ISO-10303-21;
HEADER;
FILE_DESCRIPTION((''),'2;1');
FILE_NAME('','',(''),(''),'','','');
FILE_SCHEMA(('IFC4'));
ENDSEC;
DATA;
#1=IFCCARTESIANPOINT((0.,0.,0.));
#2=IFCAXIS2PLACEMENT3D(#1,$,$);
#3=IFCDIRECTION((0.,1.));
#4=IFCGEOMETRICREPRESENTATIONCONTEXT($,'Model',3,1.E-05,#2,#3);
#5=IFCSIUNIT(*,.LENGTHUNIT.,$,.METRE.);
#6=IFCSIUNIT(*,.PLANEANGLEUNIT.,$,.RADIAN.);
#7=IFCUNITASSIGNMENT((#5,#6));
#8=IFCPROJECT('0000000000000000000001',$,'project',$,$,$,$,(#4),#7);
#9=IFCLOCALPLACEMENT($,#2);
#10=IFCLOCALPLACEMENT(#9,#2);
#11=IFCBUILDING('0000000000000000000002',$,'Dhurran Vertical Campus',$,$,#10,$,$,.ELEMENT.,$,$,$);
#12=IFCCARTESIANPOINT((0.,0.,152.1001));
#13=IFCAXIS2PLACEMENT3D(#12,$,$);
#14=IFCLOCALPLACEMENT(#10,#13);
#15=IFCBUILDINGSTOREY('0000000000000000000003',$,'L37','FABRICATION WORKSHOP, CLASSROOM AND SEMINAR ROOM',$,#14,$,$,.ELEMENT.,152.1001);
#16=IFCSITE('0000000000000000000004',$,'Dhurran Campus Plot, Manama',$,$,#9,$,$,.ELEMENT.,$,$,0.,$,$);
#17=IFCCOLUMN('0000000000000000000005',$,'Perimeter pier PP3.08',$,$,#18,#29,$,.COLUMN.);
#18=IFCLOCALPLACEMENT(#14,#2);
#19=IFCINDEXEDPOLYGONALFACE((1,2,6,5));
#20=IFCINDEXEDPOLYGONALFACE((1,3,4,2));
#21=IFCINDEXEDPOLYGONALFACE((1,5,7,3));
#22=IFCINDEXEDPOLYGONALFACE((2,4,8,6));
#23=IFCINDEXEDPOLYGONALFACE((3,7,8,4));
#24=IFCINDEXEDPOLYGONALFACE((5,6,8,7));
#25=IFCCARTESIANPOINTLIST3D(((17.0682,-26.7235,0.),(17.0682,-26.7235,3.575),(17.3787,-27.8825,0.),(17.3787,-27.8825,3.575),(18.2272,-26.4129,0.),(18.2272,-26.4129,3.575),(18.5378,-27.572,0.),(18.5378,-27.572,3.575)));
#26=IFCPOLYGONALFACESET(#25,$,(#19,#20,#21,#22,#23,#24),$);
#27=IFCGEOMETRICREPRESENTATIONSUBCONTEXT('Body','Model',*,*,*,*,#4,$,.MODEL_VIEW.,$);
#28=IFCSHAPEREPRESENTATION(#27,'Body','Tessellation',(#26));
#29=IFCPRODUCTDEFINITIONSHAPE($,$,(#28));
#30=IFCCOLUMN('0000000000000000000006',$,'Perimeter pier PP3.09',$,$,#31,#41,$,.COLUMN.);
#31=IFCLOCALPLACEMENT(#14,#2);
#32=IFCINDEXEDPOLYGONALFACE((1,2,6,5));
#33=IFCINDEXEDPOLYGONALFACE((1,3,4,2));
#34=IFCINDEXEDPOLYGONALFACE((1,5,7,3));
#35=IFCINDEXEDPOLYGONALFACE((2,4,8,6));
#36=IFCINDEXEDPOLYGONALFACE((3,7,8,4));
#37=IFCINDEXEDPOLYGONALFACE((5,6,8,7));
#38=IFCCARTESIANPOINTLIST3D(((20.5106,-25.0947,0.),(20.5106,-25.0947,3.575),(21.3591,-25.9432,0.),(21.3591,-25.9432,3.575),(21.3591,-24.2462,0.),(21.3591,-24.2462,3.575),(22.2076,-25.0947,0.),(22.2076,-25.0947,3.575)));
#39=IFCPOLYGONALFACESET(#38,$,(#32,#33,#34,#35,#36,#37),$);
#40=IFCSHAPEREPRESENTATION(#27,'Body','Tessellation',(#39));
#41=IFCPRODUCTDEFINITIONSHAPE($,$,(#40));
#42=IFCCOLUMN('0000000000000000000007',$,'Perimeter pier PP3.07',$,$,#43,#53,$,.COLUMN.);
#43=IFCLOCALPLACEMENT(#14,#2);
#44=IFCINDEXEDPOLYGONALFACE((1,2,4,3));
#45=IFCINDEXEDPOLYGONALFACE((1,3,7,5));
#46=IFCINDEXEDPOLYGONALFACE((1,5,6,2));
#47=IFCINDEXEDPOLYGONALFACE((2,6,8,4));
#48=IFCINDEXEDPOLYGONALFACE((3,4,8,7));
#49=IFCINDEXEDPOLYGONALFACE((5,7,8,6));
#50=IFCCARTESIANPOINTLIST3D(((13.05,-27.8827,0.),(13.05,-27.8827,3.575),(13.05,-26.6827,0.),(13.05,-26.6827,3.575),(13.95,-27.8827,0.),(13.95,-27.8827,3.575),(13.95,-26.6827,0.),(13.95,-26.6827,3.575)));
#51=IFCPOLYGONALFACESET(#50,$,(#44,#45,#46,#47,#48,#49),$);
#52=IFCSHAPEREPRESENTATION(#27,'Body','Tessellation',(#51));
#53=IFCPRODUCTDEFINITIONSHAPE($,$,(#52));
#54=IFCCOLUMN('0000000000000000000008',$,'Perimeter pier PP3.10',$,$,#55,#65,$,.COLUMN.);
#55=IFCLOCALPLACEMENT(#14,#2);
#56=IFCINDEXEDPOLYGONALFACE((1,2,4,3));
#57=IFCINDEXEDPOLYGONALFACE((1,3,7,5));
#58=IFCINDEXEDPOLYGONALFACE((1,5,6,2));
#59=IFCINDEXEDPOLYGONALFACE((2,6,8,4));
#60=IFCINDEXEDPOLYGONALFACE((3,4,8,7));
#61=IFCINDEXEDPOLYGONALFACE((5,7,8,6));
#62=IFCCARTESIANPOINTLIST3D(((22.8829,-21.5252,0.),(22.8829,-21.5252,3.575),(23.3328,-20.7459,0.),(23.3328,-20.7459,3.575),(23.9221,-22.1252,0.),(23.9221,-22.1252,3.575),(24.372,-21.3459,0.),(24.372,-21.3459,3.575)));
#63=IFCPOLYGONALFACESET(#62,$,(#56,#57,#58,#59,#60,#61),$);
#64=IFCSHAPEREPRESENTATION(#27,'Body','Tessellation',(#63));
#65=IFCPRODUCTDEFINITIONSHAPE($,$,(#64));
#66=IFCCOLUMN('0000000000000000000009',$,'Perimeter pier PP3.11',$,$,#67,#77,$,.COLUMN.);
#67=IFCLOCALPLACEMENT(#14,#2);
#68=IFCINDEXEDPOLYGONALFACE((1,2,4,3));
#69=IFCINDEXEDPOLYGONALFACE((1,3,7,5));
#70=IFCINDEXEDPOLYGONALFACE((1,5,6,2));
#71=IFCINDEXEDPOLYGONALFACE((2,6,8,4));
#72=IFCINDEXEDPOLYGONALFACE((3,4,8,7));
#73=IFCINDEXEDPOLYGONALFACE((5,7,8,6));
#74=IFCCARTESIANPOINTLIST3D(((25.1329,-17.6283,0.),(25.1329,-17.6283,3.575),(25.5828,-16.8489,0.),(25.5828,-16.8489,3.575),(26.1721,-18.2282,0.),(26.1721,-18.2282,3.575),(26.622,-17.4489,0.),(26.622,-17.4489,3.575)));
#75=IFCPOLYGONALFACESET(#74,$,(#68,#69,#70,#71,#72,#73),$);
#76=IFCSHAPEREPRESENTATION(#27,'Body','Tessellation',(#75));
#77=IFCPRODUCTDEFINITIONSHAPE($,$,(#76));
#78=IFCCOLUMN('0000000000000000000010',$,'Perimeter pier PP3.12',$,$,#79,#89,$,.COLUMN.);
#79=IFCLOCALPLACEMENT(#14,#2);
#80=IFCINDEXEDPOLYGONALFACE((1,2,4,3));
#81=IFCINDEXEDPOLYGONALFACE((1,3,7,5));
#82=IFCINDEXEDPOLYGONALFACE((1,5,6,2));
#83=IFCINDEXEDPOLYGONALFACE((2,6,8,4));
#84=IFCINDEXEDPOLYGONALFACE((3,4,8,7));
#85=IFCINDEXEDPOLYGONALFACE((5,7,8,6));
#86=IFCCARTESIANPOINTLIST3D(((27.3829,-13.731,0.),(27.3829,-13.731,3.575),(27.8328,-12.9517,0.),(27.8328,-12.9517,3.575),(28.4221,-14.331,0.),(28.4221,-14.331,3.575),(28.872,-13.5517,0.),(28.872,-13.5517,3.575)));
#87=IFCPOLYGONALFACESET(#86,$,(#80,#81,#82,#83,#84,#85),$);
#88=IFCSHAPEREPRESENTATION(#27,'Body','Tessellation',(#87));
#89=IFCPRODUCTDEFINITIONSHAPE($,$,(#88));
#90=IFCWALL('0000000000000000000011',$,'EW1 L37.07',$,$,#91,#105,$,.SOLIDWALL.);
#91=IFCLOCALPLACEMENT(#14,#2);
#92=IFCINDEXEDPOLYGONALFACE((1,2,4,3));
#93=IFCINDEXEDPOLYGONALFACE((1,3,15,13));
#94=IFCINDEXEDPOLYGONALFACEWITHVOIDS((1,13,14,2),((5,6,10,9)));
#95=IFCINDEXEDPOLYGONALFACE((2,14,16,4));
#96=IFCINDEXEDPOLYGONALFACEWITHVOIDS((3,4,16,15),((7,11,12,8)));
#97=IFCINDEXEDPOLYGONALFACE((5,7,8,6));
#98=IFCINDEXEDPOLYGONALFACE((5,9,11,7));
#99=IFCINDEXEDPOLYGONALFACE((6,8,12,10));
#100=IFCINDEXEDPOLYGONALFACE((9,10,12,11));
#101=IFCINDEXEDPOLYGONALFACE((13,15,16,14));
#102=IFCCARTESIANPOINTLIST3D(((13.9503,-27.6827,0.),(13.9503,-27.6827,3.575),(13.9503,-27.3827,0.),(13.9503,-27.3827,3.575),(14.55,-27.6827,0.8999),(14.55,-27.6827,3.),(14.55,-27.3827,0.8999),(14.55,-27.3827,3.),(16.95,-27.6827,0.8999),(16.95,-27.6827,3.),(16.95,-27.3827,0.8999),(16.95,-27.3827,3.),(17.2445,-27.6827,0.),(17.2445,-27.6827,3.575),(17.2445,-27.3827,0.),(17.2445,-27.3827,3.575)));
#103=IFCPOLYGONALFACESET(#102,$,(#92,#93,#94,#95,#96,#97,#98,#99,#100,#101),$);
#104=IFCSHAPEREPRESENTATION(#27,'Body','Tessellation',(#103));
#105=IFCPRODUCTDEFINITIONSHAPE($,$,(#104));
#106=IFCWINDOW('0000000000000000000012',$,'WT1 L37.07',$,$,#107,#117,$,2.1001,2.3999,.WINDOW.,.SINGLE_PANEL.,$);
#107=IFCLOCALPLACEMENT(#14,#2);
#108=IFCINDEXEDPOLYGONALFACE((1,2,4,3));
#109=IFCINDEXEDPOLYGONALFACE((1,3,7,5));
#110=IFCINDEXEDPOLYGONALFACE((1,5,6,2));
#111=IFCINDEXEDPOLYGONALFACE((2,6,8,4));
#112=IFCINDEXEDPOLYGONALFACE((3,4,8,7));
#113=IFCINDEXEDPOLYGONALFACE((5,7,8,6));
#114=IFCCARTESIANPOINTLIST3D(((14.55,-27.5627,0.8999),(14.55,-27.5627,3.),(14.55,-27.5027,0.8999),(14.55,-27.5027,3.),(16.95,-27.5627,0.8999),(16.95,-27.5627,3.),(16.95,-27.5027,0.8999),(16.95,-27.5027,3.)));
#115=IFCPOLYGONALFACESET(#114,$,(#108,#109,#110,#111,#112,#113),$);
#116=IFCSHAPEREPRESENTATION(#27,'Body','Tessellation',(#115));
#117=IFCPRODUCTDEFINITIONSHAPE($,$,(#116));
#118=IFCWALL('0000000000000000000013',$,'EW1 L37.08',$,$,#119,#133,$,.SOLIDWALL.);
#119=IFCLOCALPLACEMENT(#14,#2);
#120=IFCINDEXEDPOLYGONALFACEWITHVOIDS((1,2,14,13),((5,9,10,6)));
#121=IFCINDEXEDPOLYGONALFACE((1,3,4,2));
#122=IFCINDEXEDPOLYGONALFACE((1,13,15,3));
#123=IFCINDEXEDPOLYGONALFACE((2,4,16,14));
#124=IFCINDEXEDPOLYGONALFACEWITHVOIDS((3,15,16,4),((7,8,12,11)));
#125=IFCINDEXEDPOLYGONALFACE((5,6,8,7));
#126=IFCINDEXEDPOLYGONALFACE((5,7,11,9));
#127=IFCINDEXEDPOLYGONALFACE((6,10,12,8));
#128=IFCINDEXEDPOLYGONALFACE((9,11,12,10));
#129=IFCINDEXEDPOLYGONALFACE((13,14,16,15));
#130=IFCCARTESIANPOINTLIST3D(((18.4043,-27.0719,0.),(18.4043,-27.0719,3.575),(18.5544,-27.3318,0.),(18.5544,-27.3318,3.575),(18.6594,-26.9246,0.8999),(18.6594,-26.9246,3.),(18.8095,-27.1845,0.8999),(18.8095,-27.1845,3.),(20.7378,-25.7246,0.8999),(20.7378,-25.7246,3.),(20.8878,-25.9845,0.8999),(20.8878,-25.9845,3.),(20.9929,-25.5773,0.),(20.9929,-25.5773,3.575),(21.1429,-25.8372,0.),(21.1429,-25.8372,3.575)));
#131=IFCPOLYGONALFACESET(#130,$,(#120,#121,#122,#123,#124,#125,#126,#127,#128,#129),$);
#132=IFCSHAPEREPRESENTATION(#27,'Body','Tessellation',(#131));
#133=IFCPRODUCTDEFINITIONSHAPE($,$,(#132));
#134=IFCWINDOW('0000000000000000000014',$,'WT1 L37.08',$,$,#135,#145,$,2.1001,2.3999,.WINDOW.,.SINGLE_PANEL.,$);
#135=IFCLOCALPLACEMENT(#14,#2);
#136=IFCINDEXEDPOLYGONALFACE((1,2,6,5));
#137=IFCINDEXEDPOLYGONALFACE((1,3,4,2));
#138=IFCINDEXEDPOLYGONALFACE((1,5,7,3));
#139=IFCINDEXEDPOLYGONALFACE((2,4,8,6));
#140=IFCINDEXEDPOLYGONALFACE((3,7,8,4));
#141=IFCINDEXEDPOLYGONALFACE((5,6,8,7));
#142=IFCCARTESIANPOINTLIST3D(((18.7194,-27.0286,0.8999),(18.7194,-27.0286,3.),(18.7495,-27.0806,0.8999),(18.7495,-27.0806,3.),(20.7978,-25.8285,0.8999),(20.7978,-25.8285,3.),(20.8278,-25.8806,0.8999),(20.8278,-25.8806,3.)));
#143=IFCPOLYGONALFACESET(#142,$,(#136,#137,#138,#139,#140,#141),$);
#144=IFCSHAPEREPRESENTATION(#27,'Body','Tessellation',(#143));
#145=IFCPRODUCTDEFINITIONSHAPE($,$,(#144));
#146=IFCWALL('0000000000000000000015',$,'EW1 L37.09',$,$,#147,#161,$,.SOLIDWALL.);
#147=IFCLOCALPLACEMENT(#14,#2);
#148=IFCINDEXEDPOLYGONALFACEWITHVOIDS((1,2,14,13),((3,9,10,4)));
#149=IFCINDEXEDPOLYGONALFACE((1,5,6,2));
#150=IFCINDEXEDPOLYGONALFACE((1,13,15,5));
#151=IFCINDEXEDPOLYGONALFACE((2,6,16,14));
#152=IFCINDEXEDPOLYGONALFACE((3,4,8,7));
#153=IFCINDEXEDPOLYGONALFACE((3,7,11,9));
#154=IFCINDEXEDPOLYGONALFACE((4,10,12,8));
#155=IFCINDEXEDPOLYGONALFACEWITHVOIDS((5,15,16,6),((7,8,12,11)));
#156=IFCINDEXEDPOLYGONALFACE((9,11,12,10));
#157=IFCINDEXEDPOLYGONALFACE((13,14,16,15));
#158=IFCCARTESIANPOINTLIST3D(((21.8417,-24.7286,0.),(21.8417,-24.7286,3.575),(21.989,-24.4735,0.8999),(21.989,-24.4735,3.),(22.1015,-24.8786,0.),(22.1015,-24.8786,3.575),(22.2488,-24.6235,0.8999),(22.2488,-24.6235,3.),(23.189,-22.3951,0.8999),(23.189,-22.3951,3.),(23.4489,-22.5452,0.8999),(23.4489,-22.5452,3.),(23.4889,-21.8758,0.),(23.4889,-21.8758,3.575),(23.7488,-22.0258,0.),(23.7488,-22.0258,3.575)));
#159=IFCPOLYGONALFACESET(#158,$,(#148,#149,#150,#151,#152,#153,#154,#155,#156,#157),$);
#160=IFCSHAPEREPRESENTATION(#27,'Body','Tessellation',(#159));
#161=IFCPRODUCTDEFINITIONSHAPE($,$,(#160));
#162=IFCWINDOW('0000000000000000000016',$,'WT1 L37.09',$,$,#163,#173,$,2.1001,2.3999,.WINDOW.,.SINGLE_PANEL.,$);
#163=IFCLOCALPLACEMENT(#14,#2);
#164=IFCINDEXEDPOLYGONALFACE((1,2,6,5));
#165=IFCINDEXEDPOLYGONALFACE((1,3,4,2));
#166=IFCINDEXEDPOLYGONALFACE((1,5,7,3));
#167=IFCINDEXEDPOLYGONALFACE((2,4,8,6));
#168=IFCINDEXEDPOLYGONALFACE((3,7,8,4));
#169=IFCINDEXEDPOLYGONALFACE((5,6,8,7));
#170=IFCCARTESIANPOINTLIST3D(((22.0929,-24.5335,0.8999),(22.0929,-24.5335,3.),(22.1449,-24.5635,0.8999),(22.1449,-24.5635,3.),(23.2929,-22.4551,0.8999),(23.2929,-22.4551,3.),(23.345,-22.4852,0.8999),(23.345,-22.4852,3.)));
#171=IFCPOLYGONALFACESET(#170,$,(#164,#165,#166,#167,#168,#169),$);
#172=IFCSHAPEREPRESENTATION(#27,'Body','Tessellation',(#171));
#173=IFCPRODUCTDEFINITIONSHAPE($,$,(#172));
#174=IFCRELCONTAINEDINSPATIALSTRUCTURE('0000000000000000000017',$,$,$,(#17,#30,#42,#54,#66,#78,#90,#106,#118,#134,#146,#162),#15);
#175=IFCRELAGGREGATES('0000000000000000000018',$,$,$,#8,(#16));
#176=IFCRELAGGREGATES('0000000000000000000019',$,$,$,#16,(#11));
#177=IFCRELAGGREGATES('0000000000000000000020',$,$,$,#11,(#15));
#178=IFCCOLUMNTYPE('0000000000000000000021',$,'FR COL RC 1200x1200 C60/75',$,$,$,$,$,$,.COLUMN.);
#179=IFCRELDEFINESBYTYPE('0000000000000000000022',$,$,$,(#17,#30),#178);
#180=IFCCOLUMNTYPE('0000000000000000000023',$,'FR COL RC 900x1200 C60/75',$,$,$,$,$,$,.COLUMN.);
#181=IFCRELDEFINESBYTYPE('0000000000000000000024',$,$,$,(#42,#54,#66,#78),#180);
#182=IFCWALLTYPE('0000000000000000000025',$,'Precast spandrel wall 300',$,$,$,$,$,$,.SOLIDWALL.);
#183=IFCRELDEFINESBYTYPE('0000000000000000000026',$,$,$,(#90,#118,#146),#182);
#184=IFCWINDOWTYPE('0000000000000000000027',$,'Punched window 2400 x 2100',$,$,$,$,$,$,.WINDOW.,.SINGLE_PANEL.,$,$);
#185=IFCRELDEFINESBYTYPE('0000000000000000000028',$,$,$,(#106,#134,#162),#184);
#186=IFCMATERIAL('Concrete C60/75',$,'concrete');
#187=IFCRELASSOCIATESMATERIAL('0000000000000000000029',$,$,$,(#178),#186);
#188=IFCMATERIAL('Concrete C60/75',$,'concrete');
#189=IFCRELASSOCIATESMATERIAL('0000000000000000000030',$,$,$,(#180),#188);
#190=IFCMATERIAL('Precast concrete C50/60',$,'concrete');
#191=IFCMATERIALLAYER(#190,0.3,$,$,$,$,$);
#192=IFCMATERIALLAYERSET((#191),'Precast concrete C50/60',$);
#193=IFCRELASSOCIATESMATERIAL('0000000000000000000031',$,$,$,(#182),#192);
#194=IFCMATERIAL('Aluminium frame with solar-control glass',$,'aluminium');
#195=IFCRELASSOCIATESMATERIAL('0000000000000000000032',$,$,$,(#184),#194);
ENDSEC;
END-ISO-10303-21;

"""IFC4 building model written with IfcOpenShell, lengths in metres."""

from ifc_helpers import new_model, si_unit, direction, frame, frame_2d, origin, origin_2d, place, context, subcontext, project, spatial, rectangle, extrude, material, layer, layer_set, material_profile, profile_set, type_object, element, fill, save


model = new_model("IFC4")

# Units and contexts
model_context = context("Model", 3, precision=1e-05, world=origin(), true_north=direction((0.0, 1.0)))
body_context = subcontext(model_context, "Body", "Model", "MODEL_VIEW")
ifc_project = project(units=[si_unit("LENGTHUNIT", "METRE"), si_unit("PLANEANGLEUNIT", "RADIAN")], contexts=[model_context])

# Site, building, storey
site_placement = place(None, origin())
site = spatial("IfcSite", under=ifc_project, at=site_placement, Name="Dhurran Campus Plot, Manama", CompositionType="ELEMENT", RefElevation=0.0)
building_placement = place(site_placement, origin())
building = spatial("IfcBuilding", under=site, at=building_placement, Name="Dhurran Vertical Campus", CompositionType="ELEMENT")
storey_placement = place(building_placement, frame((0.0, 0.0, 152.1001)))
storey = spatial("IfcBuildingStorey", under=building, at=storey_placement, Name="L37", Description="FABRICATION WORKSHOP, CLASSROOM AND SEMINAR ROOM", CompositionType="ELEMENT", Elevation=152.1001)

# Columns
ifc_material_1 = material(Name="Concrete C60/75", Category="concrete")
ifc_material_profile_1 = material_profile(ifc_material_1, rectangle(XDim=1.2, YDim=1.2, at=origin_2d()), Name="RC 1200x1200")
ifc_profile_set_1 = profile_set([ifc_material_profile_1], Name="Concrete C60/75")
column_type_1 = type_object("IfcColumnType", Name="FR COL RC 1200x1200 C60/75", PredefinedType="COLUMN", material=ifc_profile_set_1)
for number, where, z_axis, x_axis, name in (
    (1, (17.803, -27.1477, 0.0), (0.0, 0.0, 1.0), (0.965926, 0.258819, 0.0), "Perimeter pier PP3.08"),
    (2, (21.3591, -25.0947, 0.0), (0.0, 0.0, 1.0), (0.707107, 0.707107, 0.0), "Perimeter pier PP3.09"),
):
    element("IfcColumn", number, at=place(storey_placement, frame(where, z_axis=z_axis, x_axis=x_axis)), inside=storey, type_object=column_type_1, Name=name, PredefinedType="COLUMN", context=body_context, shape_type="SweptSolid", body=[
        extrude(rectangle(XDim=1.2, YDim=1.2, at=origin_2d()), origin(), (0.0, 0.0, 1.0), 3.575),
    ])
ifc_material_2 = material(Name="Concrete C60/75", Category="concrete")
ifc_material_profile_2 = material_profile(ifc_material_2, rectangle(XDim=0.8999, YDim=1.2, at=origin_2d()), Name="RC 900x1200")
ifc_profile_set_2 = profile_set([ifc_material_profile_2], Name="Concrete C60/75")
column_type_2 = type_object("IfcColumnType", Name="FR COL RC 900x1200 C60/75", PredefinedType="COLUMN", material=ifc_profile_set_2)
for number, where, z_axis, x_axis, name in (
    (3, (13.5, -27.2827, 0.0), (0.0, 0.0, 1.0), (1.0, 0.0, 0.0), "Perimeter pier PP3.07"),
    (4, (23.6274, -21.4355, 0.0), (0.0, 0.0, 1.0), (0.5, 0.866025, 0.0), "Perimeter pier PP3.10"),
    (5, (25.8774, -17.5386, 0.0), (0.0, 0.0, 1.0), (0.5, 0.866025, 0.0), "Perimeter pier PP3.11"),
    (6, (28.1274, -13.6414, 0.0), (0.0, 0.0, 1.0), (0.5, 0.866025, 0.0), "Perimeter pier PP3.12"),
):
    element("IfcColumn", number, at=place(storey_placement, frame(where, z_axis=z_axis, x_axis=x_axis)), inside=storey, type_object=column_type_2, Name=name, PredefinedType="COLUMN", context=body_context, shape_type="SweptSolid", body=[
        extrude(rectangle(XDim=0.8999, YDim=1.2, at=origin_2d()), origin(), (0.0, 0.0, 1.0), 3.575),
    ])

# Walls, openings, windows
ifc_material_3 = material(Name="Precast concrete C50/60", Category="concrete")
ifc_layer_1 = layer(ifc_material_3, 0.3)
ifc_layer_set_1 = layer_set([ifc_layer_1], Name="Precast concrete C50/60")
wall_type_1 = type_object("IfcWallType", Name="Precast spandrel wall 300", PredefinedType="SOLIDWALL", material=ifc_layer_set_1)
wall_1_placement = place(storey_placement, frame((13.9504, -27.5327, 0.0), z_axis=(0.0, 0.0, 1.0), x_axis=(1.0, 0.0, 0.0)))
wall_1 = element("IfcWall", 7, at=wall_1_placement, inside=storey, type_object=wall_type_1, Name="EW1 L37.07", PredefinedType="SOLIDWALL", context=body_context, shape_type="SweptSolid", body=[
    extrude(rectangle(XDim=3.2942, YDim=0.3, at=frame_2d((1.647, 0.0))), origin(), (0.0, 0.0, 1.0), 3.575),
])
opening_1_placement = place(wall_1_placement, frame((0.5996, 0.0, 0.8999)))
opening_1 = element("IfcOpeningElement", 8, at=opening_1_placement, cuts=wall_1, PredefinedType="OPENING", context=body_context, shape_type="SweptSolid", body=[
    extrude(rectangle(XDim=2.3999, YDim=2.1001, at=frame_2d((1.2, 1.05))), frame((0.0, 0.1599, 0.0), z_axis=(0.0, -1.0, 0.0), x_axis=(1.0, 0.0, 0.0)), (0.0, 0.0, 1.0), 0.3201),
])
ifc_material_4 = material(Name="Aluminium frame with solar-control glass", Category="aluminium")
window_type = type_object("IfcWindowType", Name="Punched window 2400 x 2100", PartitioningType="SINGLE_PANEL", PredefinedType="WINDOW", material=ifc_material_4)
window_1_placement = place(opening_1_placement, origin())
window_1 = element("IfcWindow", 9, at=window_1_placement, inside=storey, type_object=window_type, Name="WT1 L37.07", OverallHeight=2.1001, OverallWidth=2.3999, PartitioningType="SINGLE_PANEL", PredefinedType="WINDOW", context=body_context, shape_type="SweptSolid", body=[
    extrude(rectangle(XDim=2.3999, YDim=2.1001, at=frame_2d((1.2, 1.05))), frame((0.0, 0.03, 0.0), z_axis=(0.0, -1.0, 0.0), x_axis=(1.0, 0.0, 0.0)), (0.0, 0.0, 1.0), 0.0601),
])
fill(opening_1, window_1)
wall_2_placement = place(storey_placement, frame((18.4792, -27.2019, 0.0), z_axis=(0.0, 0.0, 1.0), x_axis=(0.866013, 0.500022, 0.0)))
wall_2 = element("IfcWall", 10, at=wall_2_placement, inside=storey, type_object=wall_type_1, Name="EW1 L37.08", PredefinedType="SOLIDWALL", context=body_context, shape_type="SweptSolid", body=[
    extrude(rectangle(XDim=2.989, YDim=0.3, at=frame_2d((1.4946, 0.0))), origin(), (0.0, 0.0, 1.0), 3.575),
])
opening_2_placement = place(wall_2_placement, frame((0.2947, 0.0, 0.8999)))
opening_2 = element("IfcOpeningElement", 11, at=opening_2_placement, cuts=wall_2, PredefinedType="OPENING", context=body_context, shape_type="SweptSolid", body=[
    extrude(rectangle(XDim=2.3999, YDim=2.1001, at=frame_2d((1.2, 1.05))), frame((0.0, 0.1599, 0.0), z_axis=(0.0, -1.0, 0.0), x_axis=(1.0, 0.0, 0.0)), (0.0, 0.0, 1.0), 0.3201),
])
window_2_placement = place(opening_2_placement, origin())
window_2 = element("IfcWindow", 12, at=window_2_placement, inside=storey, type_object=window_type, Name="WT1 L37.08", OverallHeight=2.1001, OverallWidth=2.3999, PartitioningType="SINGLE_PANEL", PredefinedType="WINDOW", context=body_context, shape_type="SweptSolid", body=[
    extrude(rectangle(XDim=2.3999, YDim=2.1001, at=frame_2d((1.2, 1.05))), frame((0.0, 0.03, 0.0), z_axis=(0.0, -1.0, 0.0), x_axis=(1.0, 0.0, 0.0)), (0.0, 0.0, 1.0), 0.0601),
])
fill(opening_2, window_2)
wall_3_placement = place(storey_placement, frame((21.9717, -24.8035, 0.0), z_axis=(0.0, 0.0, 1.0), x_axis=(0.500037, 0.866004, 0.0)))
wall_3 = element("IfcWall", 13, at=wall_3_placement, inside=storey, type_object=wall_type_1, Name="EW1 L37.09", PredefinedType="SOLIDWALL", context=body_context, shape_type="SweptSolid", body=[
    extrude(rectangle(XDim=3.2942, YDim=0.3, at=frame_2d((1.647, 0.0))), origin(), (0.0, 0.0, 1.0), 3.575),
])
opening_3_placement = place(wall_3_placement, frame((0.2944, 0.0, 0.8999)))
opening_3 = element("IfcOpeningElement", 14, at=opening_3_placement, cuts=wall_3, PredefinedType="OPENING", context=body_context, shape_type="SweptSolid", body=[
    extrude(rectangle(XDim=2.3999, YDim=2.1001, at=frame_2d((1.2, 1.05))), frame((0.0, 0.1599, 0.0), z_axis=(0.0, -1.0, 0.0), x_axis=(1.0, 0.0, 0.0)), (0.0, 0.0, 1.0), 0.3201),
])
window_3_placement = place(opening_3_placement, origin())
window_3 = element("IfcWindow", 15, at=window_3_placement, inside=storey, type_object=window_type, Name="WT1 L37.09", OverallHeight=2.1001, OverallWidth=2.3999, PartitioningType="SINGLE_PANEL", PredefinedType="WINDOW", context=body_context, shape_type="SweptSolid", body=[
    extrude(rectangle(XDim=2.3999, YDim=2.1001, at=frame_2d((1.2, 1.05))), frame((0.0, 0.03, 0.0), z_axis=(0.0, -1.0, 0.0), x_axis=(1.0, 0.0, 0.0)), (0.0, 0.0, 1.0), 0.0601),
])
fill(opening_3, window_3)

save(model, "model.ifc")
